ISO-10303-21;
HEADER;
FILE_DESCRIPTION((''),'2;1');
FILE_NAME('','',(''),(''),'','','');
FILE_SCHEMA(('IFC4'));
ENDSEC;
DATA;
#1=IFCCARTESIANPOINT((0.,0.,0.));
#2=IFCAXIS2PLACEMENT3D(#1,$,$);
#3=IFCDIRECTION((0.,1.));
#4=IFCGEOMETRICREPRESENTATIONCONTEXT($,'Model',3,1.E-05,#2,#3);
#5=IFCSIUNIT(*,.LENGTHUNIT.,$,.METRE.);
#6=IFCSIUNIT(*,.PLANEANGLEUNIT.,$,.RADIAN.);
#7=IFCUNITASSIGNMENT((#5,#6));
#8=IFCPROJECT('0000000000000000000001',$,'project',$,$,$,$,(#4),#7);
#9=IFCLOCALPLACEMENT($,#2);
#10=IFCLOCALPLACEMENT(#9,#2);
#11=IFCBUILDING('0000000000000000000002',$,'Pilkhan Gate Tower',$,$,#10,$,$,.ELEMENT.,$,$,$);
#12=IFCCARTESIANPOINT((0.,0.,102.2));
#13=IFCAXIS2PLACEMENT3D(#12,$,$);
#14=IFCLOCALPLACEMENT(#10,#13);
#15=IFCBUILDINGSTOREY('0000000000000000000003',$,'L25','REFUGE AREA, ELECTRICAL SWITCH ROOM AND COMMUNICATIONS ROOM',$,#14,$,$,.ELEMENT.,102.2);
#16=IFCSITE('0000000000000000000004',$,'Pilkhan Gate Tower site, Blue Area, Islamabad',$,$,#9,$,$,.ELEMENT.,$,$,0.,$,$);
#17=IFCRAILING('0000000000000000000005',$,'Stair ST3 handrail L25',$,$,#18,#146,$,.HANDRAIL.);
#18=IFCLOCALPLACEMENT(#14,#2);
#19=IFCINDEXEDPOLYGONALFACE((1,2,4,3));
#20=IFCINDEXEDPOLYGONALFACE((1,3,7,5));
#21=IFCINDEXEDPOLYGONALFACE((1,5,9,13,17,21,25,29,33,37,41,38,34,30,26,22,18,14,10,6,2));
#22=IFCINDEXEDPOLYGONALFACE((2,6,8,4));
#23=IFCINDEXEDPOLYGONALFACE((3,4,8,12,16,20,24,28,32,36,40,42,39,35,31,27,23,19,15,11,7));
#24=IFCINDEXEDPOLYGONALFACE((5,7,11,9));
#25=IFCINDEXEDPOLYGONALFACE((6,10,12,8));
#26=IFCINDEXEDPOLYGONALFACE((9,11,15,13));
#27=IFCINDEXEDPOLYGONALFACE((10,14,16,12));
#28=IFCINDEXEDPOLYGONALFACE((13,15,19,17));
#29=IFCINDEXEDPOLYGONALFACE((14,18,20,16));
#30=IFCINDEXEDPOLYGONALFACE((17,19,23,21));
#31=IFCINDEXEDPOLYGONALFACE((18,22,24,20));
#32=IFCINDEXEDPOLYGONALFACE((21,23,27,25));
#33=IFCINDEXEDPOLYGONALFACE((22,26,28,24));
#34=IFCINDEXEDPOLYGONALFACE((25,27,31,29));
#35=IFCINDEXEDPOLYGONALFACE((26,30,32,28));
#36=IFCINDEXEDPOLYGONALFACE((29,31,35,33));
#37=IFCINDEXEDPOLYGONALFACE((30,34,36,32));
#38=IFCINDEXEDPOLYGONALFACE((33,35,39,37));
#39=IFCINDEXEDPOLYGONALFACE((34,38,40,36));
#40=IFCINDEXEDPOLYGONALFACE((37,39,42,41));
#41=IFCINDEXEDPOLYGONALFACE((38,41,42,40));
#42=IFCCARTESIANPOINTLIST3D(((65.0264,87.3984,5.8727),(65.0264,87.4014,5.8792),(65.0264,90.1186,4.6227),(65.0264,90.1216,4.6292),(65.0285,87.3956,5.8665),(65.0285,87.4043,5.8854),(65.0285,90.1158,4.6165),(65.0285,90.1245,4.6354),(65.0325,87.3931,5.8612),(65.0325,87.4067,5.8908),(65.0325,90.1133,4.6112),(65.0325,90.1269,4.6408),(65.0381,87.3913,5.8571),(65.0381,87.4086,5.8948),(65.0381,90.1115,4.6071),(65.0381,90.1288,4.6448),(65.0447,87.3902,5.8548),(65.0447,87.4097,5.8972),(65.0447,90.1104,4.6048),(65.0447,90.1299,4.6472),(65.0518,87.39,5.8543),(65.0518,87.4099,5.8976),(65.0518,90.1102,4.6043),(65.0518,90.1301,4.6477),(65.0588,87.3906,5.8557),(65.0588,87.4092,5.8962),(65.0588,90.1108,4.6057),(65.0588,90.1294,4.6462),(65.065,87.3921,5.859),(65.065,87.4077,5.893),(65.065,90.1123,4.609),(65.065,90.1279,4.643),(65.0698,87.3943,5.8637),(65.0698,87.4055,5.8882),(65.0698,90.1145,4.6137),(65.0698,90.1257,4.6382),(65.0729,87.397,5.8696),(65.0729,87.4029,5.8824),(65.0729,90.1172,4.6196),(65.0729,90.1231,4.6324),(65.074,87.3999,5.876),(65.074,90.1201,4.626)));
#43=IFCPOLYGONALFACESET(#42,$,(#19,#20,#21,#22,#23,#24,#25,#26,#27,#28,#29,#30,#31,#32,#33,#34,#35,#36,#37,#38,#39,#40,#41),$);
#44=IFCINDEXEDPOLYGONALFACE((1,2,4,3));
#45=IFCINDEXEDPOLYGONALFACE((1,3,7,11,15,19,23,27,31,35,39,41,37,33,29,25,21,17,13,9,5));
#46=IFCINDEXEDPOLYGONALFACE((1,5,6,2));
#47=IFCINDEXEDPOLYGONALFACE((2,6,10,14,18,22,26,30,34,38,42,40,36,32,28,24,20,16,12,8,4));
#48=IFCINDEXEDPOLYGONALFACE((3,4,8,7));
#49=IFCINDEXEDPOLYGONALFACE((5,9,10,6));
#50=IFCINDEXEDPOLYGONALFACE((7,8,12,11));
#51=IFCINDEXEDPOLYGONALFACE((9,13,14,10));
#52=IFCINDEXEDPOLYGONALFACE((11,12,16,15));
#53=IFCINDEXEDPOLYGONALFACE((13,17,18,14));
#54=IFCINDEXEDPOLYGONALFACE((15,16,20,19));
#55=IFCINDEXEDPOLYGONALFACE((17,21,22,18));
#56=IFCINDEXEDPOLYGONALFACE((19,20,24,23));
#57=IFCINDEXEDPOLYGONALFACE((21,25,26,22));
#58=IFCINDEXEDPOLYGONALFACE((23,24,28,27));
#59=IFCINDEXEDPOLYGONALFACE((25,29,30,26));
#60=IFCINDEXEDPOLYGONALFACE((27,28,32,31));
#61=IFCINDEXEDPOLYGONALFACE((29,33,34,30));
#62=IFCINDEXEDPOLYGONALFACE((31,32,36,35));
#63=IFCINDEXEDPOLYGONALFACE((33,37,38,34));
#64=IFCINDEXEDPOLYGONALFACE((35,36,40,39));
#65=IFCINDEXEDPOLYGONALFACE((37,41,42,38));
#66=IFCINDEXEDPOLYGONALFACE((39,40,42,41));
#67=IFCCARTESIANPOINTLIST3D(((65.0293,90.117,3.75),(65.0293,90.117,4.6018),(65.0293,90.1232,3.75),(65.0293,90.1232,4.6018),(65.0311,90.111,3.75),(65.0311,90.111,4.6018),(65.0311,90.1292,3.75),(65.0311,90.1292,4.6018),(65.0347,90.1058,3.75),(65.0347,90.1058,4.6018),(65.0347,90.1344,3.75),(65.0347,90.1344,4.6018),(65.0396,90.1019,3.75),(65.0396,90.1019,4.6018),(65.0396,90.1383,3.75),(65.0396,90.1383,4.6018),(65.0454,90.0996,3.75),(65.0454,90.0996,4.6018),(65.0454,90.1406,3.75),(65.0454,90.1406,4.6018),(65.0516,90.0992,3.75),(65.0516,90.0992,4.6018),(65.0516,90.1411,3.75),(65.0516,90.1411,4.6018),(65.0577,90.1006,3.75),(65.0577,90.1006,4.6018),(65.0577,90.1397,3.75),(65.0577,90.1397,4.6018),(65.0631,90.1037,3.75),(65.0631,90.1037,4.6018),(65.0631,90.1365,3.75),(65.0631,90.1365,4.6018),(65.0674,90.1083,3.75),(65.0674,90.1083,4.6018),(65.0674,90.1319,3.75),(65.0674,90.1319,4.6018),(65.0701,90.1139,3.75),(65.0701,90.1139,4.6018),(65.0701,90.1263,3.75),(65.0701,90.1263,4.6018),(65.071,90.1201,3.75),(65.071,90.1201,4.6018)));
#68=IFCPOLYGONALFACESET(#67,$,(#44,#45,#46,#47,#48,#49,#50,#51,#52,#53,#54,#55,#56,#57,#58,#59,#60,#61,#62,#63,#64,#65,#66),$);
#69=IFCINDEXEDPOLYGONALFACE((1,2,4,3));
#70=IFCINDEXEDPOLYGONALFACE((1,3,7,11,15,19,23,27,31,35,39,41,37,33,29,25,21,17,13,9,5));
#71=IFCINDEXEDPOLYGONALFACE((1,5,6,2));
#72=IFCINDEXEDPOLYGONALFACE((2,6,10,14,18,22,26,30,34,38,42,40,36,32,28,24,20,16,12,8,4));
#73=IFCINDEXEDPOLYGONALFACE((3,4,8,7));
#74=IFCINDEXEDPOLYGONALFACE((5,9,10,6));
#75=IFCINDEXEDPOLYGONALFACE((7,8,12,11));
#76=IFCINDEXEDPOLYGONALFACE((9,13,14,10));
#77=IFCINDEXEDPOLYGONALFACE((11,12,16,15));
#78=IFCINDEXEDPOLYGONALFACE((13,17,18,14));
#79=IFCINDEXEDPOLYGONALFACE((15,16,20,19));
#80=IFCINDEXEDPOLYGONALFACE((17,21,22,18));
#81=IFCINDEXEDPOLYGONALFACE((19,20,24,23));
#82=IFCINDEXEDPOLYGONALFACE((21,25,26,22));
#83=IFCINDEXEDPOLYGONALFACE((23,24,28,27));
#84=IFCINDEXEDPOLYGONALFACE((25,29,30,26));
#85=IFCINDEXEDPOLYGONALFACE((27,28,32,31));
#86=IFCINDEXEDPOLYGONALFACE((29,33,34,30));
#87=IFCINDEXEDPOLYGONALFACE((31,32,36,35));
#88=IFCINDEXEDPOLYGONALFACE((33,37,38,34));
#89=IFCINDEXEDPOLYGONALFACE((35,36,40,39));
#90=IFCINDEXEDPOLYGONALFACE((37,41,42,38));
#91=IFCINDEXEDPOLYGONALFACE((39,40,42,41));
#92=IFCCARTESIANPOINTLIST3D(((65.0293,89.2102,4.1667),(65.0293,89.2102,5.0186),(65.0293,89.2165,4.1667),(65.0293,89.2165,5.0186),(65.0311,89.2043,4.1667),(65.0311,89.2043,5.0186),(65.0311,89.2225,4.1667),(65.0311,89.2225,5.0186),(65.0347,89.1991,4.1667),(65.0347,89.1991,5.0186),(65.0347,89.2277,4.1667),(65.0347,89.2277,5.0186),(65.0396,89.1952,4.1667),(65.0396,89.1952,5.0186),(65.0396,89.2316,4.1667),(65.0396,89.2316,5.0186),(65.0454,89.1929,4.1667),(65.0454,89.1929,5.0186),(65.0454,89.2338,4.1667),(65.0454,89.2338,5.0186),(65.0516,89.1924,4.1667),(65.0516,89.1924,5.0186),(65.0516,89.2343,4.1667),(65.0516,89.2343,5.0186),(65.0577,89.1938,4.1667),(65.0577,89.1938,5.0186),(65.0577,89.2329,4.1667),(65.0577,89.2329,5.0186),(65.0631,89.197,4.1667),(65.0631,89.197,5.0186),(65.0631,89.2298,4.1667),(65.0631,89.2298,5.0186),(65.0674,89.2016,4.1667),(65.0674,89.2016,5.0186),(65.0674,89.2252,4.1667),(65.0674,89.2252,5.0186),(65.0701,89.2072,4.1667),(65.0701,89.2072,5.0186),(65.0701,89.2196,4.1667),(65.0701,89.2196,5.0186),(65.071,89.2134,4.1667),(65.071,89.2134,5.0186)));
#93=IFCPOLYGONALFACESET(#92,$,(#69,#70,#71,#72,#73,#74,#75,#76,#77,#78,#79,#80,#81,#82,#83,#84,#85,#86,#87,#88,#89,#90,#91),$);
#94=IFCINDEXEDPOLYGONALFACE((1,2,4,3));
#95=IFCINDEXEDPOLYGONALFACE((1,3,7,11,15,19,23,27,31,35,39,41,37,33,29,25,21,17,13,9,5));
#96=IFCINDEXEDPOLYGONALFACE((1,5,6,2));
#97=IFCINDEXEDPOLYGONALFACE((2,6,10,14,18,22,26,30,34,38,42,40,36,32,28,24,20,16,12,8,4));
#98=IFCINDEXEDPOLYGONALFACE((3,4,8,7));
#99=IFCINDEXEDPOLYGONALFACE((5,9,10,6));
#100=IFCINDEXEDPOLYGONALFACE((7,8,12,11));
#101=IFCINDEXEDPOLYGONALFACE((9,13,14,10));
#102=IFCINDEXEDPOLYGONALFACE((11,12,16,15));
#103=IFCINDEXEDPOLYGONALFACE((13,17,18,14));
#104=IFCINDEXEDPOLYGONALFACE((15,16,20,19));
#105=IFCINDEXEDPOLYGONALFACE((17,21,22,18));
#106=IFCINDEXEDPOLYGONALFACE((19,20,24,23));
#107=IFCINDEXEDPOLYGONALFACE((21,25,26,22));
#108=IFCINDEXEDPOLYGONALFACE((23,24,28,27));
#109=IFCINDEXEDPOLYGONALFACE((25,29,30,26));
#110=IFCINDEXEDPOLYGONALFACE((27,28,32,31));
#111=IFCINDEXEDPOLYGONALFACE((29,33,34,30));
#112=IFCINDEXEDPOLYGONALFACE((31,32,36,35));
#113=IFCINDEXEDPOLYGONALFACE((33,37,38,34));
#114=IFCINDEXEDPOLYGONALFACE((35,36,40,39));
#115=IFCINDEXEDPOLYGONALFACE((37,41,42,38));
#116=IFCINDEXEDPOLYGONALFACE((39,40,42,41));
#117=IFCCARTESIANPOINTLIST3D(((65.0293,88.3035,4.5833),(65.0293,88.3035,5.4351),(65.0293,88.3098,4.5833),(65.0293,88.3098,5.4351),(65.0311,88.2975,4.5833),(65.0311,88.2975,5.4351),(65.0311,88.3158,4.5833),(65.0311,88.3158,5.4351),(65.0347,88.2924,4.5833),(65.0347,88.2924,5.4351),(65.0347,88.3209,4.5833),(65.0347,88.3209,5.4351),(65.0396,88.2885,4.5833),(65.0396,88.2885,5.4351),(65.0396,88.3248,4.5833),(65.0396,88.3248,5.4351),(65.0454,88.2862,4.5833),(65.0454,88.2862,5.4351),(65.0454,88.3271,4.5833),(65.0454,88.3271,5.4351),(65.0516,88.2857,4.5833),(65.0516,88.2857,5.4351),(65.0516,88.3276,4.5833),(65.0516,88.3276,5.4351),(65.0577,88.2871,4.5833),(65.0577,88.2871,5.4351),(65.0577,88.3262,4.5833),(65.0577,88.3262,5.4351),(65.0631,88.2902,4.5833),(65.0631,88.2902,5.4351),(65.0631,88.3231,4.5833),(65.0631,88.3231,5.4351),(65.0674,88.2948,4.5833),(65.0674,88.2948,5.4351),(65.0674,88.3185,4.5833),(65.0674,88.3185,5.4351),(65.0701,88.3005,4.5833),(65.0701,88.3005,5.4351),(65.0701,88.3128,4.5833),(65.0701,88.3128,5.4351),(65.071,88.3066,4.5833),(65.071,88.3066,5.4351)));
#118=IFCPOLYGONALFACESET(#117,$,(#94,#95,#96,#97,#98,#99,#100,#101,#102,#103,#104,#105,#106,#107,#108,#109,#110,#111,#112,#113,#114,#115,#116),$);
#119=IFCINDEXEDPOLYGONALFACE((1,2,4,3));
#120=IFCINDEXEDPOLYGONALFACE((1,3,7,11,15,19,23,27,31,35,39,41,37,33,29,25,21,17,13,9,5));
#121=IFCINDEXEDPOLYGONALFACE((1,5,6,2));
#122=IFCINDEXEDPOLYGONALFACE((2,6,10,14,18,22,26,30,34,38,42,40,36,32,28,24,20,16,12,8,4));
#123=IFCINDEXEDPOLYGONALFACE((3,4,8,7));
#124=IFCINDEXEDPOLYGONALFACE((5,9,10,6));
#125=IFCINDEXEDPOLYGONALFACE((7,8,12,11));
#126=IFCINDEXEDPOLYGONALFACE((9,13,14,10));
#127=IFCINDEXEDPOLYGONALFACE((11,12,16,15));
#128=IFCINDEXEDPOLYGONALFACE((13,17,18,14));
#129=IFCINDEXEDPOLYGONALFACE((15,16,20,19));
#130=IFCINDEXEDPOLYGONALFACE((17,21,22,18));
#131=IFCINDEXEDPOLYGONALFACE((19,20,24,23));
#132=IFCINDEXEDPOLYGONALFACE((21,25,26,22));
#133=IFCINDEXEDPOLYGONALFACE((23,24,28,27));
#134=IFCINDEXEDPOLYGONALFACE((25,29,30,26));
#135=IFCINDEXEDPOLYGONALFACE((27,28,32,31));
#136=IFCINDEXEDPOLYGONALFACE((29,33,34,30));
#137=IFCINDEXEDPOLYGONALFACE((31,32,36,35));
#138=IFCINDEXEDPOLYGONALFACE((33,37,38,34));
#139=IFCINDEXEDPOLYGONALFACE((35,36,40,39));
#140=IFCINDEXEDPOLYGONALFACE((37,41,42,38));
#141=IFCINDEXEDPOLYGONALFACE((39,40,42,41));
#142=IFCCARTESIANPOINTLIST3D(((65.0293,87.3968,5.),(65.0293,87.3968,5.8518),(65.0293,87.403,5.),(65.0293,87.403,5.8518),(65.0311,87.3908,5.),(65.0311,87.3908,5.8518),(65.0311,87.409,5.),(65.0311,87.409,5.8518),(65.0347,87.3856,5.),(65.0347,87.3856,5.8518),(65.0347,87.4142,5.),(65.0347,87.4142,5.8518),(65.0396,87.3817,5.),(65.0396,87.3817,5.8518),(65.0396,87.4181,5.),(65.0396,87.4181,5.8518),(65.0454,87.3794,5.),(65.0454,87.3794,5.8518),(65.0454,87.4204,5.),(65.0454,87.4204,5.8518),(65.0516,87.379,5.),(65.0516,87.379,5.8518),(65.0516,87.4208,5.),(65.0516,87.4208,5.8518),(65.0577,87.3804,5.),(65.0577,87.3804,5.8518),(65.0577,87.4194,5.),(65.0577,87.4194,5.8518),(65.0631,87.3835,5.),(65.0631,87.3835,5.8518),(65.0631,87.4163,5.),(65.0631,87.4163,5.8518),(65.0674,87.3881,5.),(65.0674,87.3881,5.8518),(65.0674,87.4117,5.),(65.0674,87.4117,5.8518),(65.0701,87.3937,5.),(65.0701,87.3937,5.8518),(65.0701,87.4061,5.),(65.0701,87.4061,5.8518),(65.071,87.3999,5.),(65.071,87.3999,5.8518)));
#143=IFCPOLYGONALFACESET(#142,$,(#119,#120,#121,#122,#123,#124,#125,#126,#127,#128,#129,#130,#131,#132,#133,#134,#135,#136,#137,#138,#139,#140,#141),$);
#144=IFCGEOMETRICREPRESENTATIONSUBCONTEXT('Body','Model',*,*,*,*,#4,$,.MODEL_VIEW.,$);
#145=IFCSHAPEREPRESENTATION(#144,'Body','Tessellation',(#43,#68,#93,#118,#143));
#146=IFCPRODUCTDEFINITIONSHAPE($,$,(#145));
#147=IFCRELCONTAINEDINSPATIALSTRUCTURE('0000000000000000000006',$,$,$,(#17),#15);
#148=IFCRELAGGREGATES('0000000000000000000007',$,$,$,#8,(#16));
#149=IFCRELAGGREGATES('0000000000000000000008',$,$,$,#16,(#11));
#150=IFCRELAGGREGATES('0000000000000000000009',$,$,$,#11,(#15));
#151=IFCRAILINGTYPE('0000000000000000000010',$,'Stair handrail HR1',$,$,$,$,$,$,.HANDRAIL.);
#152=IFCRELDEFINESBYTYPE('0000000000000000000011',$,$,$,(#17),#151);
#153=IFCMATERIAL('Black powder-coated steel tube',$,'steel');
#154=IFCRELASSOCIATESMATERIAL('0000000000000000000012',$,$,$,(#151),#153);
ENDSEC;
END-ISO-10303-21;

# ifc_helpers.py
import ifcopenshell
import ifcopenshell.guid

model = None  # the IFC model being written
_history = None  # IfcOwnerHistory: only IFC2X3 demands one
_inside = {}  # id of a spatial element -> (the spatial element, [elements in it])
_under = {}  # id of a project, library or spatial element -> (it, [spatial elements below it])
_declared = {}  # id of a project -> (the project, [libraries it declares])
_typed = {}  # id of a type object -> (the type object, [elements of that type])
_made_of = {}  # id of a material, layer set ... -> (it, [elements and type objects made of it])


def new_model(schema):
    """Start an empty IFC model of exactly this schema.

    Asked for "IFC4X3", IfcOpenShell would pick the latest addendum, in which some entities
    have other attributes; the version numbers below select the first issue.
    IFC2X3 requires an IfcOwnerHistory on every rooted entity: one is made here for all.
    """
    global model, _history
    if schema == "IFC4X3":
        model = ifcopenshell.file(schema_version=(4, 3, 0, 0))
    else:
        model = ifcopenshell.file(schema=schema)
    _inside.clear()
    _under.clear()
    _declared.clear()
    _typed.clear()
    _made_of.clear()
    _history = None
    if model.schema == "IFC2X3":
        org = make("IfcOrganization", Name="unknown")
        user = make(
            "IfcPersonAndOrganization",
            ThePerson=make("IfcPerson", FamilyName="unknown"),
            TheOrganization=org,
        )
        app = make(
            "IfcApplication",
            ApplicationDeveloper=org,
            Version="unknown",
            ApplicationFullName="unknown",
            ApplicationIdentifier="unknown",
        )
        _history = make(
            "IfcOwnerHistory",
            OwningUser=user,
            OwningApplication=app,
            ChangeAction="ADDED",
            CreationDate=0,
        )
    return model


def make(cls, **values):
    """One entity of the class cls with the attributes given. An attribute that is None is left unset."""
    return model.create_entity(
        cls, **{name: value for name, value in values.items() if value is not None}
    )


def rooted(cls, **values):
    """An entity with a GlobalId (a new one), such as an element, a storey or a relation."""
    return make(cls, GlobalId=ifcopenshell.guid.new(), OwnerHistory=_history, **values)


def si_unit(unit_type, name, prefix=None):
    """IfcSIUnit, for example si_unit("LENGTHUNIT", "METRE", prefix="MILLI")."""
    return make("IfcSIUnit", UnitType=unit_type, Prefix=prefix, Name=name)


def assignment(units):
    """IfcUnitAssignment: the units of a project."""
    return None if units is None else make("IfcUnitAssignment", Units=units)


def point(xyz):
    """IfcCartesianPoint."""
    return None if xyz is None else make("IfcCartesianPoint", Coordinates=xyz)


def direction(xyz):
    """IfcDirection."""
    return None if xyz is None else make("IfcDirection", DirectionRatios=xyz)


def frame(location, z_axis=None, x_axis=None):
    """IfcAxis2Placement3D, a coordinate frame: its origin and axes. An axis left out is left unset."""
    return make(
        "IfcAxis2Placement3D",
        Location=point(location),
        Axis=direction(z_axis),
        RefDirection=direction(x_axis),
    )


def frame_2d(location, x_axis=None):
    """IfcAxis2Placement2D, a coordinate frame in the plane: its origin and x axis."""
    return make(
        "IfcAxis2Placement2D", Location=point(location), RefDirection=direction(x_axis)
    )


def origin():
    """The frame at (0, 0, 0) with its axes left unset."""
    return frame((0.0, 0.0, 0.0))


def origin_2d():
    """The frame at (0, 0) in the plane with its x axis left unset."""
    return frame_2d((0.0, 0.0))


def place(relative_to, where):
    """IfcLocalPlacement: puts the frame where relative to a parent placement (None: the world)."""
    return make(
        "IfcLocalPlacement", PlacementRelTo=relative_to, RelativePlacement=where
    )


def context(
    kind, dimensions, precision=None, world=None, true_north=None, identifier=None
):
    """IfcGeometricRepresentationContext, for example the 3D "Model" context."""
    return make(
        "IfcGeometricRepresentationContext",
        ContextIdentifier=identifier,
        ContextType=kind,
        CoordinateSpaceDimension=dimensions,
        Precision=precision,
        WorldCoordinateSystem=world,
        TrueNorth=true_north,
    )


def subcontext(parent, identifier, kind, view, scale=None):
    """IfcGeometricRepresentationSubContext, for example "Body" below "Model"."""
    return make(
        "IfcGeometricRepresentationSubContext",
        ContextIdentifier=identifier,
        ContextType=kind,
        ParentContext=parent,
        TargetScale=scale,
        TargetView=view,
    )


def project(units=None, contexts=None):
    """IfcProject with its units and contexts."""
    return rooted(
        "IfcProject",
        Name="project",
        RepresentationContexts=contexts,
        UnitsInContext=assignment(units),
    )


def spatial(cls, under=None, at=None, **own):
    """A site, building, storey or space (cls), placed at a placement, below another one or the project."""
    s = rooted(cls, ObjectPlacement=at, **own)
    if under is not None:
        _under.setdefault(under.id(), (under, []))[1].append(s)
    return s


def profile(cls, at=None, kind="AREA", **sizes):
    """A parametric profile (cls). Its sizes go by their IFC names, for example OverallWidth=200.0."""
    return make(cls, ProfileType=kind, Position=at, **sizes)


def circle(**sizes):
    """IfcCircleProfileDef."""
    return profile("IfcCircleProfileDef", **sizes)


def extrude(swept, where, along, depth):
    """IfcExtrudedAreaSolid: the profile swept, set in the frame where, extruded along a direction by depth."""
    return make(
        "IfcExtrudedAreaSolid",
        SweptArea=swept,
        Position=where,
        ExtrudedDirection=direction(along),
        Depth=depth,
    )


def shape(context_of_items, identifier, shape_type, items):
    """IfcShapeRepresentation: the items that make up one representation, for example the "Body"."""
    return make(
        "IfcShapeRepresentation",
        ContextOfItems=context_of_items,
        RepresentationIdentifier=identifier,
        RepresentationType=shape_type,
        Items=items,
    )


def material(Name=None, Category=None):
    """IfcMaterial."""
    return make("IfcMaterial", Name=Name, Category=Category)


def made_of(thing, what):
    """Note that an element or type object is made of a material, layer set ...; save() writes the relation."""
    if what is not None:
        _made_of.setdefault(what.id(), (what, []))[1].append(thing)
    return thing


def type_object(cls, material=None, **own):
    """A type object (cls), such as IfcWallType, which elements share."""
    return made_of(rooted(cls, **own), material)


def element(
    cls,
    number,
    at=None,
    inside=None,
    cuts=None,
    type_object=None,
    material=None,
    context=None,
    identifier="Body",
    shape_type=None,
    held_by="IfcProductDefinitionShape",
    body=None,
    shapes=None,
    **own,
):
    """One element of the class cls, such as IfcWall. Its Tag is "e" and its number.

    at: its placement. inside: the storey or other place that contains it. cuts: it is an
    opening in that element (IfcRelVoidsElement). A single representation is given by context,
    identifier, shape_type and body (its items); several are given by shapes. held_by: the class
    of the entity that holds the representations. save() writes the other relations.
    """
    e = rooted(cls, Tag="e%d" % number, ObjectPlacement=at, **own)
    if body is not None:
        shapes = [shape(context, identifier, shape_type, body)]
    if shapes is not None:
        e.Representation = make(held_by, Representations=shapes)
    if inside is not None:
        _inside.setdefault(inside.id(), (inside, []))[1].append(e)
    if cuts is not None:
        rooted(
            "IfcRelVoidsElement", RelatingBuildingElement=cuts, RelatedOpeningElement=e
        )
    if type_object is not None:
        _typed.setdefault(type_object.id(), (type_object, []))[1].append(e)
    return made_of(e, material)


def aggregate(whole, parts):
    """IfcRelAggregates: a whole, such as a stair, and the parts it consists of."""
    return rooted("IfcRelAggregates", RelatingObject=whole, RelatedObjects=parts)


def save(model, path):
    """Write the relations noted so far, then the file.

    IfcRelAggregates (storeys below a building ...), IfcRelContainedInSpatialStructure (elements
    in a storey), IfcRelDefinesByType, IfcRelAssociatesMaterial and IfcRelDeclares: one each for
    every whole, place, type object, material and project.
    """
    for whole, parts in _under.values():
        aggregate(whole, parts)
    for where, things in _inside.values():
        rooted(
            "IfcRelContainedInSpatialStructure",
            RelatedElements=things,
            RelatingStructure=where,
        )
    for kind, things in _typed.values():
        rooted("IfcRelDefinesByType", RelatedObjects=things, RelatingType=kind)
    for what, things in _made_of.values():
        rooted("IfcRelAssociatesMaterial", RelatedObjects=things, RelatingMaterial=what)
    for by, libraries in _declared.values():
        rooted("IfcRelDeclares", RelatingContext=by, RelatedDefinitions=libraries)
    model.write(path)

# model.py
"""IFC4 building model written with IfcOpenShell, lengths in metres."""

from ifc_helpers import new_model, si_unit, direction, frame, origin, origin_2d, place, context, subcontext, project, spatial, circle, extrude, material, type_object, element, save


model = new_model("IFC4")

# Units and contexts
model_context = context("Model", 3, precision=1e-05, world=origin(), true_north=direction((0.0, 1.0)))
body_context = subcontext(model_context, "Body", "Model", "MODEL_VIEW")
ifc_project = project(units=[si_unit("LENGTHUNIT", "METRE"), si_unit("PLANEANGLEUNIT", "RADIAN")], contexts=[model_context])

# Site, building, storey
site_placement = place(None, origin())
site = spatial("IfcSite", under=ifc_project, at=site_placement, Name="Pilkhan Gate Tower site, Blue Area, Islamabad", CompositionType="ELEMENT", RefElevation=0.0)
building_placement = place(site_placement, origin())
building = spatial("IfcBuilding", under=site, at=building_placement, Name="Pilkhan Gate Tower", CompositionType="ELEMENT")
storey_placement = place(building_placement, frame((0.0, 0.0, 102.2)))
storey = spatial("IfcBuildingStorey", under=building, at=storey_placement, Name="L25", Description="REFUGE AREA, ELECTRICAL SWITCH ROOM AND COMMUNICATIONS ROOM", CompositionType="ELEMENT", Elevation=102.2)

# Railing
ifc_material_1 = material(Name="Black powder-coated steel tube", Category="steel")
railing_type_1 = type_object("IfcRailingType", Name="Stair handrail HR1", PredefinedType="HANDRAIL", material=ifc_material_1)
railing_1_placement = place(storey_placement, frame((65.05, 90.1201, 3.75)))
element("IfcRailing", 1, at=railing_1_placement, inside=storey, type_object=railing_type_1, Name="Stair ST3 handrail L25", PredefinedType="HANDRAIL", context=body_context, shape_type="SweptSolid", body=[
    extrude(circle(Radius=0.0239, at=origin_2d()), frame((0.0, 0.0, 0.876), z_axis=(0.0, -0.908655, 0.417547), x_axis=(1.0, 0.0, 0.0)), (0.0, 0.0, 1.0), 2.9937),
    extrude(circle(Radius=0.021, at=origin_2d()), origin(), (0.0, 0.0, 1.0), 0.8518),
    extrude(circle(Radius=0.021, at=origin_2d()), frame((0.0, -0.9067, 0.4167)), (0.0, 0.0, 1.0), 0.8518),
    extrude(circle(Radius=0.021, at=origin_2d()), frame((0.0, -1.8135, 0.8333)), (0.0, 0.0, 1.0), 0.8518),
    extrude(circle(Radius=0.021, at=origin_2d()), frame((0.0, -2.7202, 1.25)), (0.0, 0.0, 1.0), 0.8518),
])

save(model, "model.ifc")
